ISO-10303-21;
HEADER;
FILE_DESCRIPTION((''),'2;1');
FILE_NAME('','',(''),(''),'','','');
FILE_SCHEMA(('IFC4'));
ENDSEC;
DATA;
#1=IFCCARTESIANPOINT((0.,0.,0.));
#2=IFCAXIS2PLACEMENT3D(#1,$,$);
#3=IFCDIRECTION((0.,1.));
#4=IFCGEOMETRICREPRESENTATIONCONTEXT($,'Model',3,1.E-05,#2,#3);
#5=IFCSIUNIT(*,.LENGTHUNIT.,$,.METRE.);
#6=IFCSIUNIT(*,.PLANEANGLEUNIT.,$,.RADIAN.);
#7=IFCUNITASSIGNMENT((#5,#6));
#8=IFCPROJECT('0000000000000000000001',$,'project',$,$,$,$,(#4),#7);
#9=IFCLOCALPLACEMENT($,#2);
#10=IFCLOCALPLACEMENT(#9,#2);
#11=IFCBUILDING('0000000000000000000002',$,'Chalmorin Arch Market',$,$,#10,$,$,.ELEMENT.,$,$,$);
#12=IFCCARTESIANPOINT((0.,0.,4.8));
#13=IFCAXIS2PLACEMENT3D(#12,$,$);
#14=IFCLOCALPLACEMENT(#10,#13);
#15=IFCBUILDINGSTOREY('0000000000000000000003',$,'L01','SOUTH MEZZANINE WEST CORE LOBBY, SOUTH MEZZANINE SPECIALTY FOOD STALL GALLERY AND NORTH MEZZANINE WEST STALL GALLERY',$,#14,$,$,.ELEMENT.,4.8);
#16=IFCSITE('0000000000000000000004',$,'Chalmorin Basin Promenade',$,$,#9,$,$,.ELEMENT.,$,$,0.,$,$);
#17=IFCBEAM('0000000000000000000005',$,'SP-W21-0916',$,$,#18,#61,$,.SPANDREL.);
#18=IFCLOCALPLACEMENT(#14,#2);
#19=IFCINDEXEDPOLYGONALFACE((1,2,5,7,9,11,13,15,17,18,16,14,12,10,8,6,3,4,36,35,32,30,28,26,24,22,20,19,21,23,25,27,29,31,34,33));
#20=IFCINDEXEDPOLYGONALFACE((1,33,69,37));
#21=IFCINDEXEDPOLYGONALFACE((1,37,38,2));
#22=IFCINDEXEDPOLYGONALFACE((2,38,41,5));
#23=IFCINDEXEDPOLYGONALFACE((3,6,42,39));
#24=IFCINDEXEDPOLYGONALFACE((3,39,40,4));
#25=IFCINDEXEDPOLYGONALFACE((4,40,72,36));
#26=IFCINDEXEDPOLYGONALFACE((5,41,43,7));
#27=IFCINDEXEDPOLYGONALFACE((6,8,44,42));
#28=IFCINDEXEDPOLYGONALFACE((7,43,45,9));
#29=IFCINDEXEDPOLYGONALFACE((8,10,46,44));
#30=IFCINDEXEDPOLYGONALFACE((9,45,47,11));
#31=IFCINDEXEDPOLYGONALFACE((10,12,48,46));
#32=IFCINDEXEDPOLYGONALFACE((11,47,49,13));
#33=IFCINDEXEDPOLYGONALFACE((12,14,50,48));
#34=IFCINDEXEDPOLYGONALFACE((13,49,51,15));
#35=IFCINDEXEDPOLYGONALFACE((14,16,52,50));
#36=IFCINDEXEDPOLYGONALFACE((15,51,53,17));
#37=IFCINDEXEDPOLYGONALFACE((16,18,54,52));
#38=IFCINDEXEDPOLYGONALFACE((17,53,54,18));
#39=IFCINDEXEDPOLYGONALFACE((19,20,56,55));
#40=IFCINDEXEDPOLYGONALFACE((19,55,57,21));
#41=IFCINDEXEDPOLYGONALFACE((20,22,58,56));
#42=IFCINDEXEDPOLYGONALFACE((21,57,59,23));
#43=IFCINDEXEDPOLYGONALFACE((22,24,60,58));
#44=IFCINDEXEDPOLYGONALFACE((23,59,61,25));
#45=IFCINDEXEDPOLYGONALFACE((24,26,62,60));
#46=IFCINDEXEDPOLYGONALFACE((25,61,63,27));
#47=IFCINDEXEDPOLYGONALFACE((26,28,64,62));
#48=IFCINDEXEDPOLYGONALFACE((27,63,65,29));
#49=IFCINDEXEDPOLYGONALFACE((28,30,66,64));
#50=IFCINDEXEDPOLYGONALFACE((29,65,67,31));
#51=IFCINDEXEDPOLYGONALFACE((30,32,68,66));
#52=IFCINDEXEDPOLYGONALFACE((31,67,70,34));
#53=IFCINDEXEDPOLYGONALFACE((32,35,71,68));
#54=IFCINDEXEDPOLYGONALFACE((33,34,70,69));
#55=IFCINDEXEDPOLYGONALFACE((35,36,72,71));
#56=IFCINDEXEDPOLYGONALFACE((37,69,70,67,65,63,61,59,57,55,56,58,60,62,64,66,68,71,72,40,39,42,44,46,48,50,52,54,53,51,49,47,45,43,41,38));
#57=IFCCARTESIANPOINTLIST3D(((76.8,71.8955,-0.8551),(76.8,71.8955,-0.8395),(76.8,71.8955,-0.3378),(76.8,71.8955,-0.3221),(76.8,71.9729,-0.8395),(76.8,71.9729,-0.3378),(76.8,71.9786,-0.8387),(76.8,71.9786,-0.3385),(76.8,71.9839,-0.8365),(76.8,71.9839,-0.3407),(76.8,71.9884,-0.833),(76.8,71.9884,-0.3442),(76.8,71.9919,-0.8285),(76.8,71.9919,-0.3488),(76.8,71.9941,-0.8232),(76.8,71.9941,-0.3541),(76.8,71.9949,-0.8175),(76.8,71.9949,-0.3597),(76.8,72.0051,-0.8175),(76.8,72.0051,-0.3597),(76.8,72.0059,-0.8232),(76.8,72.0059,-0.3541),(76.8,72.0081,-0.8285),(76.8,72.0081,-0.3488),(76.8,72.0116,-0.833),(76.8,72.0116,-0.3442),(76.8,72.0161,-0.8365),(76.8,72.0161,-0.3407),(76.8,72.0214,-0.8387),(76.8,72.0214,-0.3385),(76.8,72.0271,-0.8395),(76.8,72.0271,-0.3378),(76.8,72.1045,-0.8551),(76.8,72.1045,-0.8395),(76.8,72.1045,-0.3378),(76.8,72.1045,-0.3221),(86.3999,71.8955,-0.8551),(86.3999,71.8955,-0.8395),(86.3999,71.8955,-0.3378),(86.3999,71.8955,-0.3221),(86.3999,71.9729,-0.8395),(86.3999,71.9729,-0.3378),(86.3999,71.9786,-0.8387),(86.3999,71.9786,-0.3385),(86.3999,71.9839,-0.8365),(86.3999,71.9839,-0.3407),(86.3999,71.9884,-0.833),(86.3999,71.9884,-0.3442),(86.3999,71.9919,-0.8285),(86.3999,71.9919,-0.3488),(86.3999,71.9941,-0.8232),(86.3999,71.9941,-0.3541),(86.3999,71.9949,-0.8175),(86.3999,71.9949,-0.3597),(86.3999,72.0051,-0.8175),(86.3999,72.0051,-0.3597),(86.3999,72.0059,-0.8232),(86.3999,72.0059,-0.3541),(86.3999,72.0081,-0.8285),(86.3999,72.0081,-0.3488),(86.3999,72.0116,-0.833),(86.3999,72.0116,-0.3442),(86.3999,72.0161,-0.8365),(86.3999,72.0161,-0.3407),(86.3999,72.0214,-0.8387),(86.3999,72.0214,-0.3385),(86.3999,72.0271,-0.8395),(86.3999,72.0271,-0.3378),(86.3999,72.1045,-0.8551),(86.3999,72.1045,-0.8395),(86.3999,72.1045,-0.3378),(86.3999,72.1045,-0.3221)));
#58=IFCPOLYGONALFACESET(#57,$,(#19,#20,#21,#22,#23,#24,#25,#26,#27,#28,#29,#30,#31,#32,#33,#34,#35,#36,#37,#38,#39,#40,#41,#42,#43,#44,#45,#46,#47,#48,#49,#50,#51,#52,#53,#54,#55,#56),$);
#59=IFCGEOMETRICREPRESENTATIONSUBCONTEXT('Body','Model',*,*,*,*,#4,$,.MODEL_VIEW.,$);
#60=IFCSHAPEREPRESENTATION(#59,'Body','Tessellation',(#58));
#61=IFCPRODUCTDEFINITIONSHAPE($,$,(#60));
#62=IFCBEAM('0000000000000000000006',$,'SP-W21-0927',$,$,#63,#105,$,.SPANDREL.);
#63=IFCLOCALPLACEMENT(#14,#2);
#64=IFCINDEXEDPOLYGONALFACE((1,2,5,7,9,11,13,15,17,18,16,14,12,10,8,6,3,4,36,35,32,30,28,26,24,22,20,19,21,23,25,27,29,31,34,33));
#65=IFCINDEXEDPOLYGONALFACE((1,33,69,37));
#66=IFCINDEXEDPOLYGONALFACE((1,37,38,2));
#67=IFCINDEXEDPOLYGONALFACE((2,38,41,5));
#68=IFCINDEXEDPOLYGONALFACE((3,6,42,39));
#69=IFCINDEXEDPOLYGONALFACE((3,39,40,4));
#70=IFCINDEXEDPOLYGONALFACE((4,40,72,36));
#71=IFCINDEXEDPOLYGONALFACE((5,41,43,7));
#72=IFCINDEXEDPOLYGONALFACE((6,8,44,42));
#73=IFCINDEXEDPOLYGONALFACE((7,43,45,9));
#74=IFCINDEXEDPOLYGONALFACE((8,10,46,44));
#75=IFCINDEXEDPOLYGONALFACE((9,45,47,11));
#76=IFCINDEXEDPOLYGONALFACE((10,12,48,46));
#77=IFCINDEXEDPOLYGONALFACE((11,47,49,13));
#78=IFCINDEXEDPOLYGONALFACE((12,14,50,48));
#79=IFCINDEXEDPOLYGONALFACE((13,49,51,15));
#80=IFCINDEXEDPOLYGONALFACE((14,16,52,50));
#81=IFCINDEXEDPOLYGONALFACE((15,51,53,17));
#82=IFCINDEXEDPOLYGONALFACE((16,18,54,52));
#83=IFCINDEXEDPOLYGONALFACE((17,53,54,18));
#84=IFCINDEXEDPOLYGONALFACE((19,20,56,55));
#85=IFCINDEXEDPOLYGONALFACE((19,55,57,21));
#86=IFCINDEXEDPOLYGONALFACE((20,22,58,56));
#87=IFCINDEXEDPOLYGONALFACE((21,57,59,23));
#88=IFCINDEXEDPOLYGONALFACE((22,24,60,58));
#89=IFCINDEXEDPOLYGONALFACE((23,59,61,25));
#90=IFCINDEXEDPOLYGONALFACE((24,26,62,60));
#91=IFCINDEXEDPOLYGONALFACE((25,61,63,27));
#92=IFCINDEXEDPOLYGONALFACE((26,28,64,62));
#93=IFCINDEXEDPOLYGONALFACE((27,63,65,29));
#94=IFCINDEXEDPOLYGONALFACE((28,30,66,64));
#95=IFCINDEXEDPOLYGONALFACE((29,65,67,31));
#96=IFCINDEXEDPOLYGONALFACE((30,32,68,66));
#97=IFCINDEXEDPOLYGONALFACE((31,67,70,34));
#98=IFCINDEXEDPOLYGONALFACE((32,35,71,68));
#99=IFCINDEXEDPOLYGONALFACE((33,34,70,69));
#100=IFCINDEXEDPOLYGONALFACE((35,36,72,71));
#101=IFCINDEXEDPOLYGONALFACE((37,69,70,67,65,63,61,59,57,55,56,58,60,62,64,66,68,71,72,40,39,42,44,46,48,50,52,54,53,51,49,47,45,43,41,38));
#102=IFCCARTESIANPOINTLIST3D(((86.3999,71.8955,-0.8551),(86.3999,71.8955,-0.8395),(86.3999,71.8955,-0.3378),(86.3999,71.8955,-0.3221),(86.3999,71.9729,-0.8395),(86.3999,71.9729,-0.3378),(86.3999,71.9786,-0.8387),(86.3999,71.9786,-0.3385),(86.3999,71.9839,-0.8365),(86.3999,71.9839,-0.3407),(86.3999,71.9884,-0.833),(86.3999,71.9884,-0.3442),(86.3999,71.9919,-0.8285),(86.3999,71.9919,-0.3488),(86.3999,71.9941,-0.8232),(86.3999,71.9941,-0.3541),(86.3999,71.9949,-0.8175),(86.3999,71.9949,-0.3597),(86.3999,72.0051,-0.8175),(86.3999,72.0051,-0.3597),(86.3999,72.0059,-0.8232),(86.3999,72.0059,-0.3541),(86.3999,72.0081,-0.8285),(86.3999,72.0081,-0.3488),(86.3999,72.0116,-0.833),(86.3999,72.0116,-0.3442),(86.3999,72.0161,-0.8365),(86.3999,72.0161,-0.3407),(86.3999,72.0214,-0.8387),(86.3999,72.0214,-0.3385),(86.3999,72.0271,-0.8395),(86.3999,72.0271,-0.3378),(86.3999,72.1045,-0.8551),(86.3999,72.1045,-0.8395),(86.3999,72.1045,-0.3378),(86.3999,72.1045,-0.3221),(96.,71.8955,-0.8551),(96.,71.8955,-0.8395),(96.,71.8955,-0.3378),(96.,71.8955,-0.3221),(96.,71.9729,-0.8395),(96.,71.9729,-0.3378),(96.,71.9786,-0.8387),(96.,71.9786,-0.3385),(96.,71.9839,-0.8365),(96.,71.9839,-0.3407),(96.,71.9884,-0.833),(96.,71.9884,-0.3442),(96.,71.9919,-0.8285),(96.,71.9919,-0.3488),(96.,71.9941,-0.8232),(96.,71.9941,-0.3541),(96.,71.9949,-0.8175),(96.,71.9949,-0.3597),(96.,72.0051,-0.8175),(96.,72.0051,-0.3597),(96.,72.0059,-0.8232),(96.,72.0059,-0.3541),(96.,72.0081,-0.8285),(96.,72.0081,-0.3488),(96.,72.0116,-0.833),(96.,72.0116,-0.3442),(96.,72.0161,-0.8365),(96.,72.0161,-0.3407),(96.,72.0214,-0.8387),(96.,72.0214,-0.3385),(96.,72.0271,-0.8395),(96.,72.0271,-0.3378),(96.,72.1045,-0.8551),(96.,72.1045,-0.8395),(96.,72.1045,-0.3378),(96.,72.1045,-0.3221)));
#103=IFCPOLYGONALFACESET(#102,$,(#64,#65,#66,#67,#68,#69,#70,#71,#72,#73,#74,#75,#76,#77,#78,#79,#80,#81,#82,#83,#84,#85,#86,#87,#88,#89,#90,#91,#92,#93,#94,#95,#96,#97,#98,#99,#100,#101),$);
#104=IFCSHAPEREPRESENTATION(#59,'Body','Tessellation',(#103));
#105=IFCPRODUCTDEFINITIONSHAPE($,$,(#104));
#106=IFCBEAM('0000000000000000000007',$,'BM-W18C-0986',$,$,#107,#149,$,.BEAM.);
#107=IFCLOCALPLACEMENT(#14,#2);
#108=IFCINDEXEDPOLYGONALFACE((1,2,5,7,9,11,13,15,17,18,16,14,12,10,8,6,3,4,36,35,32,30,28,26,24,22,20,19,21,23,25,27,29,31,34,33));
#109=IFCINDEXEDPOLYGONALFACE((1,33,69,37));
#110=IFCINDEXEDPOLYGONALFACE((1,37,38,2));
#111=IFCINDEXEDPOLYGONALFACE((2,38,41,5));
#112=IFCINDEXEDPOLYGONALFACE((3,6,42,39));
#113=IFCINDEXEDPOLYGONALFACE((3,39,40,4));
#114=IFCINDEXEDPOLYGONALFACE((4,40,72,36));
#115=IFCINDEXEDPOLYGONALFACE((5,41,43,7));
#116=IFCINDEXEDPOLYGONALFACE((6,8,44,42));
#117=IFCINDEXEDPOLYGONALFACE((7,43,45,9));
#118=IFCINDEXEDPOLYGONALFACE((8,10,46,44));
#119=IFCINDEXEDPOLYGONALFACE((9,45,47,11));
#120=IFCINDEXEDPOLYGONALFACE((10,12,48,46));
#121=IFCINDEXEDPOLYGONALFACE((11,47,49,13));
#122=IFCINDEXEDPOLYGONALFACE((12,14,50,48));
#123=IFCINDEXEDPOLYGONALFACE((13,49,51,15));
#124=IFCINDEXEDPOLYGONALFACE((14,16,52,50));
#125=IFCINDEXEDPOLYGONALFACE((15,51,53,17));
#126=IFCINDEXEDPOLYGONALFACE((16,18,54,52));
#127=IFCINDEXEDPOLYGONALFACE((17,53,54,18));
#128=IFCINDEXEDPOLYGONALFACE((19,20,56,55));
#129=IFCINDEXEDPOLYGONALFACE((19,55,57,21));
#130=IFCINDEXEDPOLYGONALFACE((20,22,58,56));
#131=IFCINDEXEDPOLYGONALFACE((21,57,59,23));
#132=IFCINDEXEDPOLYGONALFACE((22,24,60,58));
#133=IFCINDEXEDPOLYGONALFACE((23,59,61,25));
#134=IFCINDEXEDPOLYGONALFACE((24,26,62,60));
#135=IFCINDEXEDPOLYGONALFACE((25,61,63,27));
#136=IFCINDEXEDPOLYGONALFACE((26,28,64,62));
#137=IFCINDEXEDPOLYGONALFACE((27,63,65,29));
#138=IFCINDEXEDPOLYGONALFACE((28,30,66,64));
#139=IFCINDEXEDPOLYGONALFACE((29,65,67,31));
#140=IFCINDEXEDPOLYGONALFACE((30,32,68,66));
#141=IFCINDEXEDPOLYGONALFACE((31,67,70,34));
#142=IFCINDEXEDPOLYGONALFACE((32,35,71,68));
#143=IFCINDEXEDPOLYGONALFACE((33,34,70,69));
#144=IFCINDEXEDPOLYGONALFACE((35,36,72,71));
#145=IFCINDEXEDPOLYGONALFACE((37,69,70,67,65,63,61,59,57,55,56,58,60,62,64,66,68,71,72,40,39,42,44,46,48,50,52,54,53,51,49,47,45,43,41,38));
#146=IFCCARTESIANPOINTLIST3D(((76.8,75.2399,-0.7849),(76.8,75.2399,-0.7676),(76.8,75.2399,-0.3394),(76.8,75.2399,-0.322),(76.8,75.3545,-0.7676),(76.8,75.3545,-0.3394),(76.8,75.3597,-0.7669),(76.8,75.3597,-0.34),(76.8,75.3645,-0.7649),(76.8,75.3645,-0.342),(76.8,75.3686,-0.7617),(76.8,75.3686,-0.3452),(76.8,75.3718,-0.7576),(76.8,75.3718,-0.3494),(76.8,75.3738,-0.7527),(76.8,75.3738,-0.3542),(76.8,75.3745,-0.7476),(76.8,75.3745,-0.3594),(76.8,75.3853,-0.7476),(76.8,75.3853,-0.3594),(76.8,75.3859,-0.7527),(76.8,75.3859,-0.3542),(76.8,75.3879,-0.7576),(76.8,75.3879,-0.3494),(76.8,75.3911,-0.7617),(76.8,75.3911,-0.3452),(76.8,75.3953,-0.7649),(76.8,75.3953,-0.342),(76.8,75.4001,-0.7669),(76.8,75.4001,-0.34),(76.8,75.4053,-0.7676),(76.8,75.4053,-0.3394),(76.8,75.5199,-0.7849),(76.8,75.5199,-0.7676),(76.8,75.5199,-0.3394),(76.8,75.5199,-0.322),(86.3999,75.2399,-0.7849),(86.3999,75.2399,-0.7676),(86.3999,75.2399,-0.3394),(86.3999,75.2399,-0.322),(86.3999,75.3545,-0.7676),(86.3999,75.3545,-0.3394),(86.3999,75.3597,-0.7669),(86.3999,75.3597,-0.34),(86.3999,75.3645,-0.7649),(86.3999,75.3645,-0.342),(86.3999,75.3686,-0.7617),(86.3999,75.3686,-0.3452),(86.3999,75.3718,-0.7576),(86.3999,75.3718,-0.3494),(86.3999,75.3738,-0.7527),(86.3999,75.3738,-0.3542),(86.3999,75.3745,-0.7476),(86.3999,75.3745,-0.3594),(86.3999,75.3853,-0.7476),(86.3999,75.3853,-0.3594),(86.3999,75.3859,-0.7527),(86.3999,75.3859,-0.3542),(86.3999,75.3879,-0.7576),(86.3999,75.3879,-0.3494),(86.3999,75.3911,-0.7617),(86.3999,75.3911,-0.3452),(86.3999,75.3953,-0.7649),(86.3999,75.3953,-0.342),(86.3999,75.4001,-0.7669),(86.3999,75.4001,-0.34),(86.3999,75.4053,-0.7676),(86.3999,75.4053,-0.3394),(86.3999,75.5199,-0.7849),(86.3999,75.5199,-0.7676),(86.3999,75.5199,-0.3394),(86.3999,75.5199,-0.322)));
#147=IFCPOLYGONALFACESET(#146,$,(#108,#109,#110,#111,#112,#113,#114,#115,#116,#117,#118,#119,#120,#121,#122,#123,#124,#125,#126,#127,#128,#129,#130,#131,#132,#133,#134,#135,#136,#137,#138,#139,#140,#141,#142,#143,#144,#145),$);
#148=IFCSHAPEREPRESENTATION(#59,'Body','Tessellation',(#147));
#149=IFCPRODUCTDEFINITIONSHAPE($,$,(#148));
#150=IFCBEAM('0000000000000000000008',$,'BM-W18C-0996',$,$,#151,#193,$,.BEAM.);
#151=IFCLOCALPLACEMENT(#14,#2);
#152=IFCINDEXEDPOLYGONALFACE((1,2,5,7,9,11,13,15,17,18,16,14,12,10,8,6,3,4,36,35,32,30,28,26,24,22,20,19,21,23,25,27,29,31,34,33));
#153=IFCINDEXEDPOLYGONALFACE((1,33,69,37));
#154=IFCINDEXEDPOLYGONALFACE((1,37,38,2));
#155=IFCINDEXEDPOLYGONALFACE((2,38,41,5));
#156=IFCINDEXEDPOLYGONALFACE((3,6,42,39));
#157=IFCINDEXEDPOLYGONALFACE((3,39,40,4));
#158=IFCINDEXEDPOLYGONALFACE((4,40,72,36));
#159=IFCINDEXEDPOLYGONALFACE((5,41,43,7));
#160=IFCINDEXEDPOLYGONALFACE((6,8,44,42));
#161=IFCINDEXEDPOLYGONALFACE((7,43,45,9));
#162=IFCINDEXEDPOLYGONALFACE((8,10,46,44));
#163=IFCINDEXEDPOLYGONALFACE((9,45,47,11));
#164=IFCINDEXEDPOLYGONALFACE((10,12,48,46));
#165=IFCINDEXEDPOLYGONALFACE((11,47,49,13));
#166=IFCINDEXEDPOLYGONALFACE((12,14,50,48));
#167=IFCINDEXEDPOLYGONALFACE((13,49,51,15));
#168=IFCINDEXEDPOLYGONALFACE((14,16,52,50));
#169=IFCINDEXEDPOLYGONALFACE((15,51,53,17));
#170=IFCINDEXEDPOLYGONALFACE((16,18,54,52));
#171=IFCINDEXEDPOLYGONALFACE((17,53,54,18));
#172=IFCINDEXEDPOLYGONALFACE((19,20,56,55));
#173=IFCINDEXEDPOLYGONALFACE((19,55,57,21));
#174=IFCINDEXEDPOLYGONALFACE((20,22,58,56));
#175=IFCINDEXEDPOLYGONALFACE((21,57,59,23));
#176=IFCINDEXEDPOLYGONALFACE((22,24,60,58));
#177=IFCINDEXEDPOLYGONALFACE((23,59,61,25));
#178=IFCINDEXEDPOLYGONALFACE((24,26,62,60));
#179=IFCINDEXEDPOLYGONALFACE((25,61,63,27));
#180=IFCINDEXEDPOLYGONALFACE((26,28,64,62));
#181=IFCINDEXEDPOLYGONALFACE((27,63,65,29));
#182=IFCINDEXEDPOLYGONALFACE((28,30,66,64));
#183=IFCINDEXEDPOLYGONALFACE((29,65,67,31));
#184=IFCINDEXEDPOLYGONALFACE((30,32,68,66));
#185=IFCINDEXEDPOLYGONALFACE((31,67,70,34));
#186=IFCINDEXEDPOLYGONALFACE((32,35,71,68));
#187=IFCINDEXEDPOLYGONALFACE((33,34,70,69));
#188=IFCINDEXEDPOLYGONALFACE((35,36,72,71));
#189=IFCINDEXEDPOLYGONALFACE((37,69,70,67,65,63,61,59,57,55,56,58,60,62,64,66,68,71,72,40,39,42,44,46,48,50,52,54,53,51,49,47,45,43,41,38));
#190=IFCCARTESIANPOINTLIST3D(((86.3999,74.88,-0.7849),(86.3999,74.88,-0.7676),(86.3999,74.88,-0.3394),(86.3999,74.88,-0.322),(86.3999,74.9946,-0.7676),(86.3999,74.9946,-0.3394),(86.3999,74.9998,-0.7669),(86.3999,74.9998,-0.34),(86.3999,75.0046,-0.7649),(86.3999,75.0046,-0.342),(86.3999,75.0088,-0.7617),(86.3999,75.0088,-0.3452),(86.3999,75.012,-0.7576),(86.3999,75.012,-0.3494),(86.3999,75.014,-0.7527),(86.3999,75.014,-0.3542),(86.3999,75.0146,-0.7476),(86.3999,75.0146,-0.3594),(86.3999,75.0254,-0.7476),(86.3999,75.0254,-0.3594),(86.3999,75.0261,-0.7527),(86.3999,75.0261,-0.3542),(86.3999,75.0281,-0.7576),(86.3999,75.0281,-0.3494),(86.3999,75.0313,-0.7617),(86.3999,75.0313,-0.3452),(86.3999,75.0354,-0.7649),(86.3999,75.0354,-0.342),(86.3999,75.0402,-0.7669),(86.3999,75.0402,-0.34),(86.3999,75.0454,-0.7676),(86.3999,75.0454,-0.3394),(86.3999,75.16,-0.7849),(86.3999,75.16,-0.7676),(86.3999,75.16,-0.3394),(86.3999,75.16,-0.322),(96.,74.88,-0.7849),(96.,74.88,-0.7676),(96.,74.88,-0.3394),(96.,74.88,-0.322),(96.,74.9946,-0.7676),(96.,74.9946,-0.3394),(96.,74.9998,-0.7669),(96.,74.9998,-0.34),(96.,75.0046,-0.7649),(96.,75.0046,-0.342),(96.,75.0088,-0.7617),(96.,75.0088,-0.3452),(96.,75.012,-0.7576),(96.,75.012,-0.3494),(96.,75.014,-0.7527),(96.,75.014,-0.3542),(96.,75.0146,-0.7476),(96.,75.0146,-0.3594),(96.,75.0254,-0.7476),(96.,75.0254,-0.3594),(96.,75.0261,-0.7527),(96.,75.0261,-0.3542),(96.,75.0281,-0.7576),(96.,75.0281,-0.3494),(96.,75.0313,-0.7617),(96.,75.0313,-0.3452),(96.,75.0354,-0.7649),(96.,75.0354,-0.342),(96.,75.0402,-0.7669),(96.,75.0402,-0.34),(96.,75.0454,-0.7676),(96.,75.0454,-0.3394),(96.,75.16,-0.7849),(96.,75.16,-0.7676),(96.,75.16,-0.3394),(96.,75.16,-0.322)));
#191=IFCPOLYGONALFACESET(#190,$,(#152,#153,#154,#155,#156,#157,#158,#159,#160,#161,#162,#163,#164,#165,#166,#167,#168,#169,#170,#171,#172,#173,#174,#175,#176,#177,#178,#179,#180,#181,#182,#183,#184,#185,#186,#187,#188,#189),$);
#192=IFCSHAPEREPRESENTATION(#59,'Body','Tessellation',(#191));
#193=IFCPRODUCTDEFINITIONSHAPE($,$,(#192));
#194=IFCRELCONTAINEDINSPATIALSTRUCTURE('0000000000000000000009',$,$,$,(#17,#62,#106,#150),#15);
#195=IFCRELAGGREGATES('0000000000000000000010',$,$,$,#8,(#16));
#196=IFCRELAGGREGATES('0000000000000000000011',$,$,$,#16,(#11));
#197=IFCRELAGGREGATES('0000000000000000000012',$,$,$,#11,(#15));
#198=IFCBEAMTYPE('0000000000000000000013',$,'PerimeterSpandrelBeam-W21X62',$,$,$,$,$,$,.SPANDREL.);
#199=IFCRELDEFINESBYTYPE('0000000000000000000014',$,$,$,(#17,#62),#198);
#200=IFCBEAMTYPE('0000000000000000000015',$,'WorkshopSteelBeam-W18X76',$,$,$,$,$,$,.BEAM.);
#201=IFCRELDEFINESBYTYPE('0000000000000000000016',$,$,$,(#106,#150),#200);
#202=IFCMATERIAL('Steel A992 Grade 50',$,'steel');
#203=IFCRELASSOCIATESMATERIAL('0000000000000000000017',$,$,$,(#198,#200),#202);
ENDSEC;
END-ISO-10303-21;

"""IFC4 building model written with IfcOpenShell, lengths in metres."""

from ifc_helpers import new_model, si_unit, direction, frame, origin, origin_2d, place, context, subcontext, project, spatial, i_section, extrude, material, material_profile, profile_set, type_object, element, save


model = new_model("IFC4")

# Units and contexts
model_context = context("Model", 3, precision=1e-05, world=origin(), true_north=direction((0.0, 1.0)))
body_context = subcontext(model_context, "Body", "Model", "MODEL_VIEW")
ifc_project = project(units=[si_unit("LENGTHUNIT", "METRE"), si_unit("PLANEANGLEUNIT", "RADIAN")], contexts=[model_context])

# Site, building, storey
site_placement = place(None, origin())
site = spatial("IfcSite", under=ifc_project, at=site_placement, Name="Chalmorin Basin Promenade", CompositionType="ELEMENT", RefElevation=0.0)
building_placement = place(site_placement, origin())
building = spatial("IfcBuilding", under=site, at=building_placement, Name="Chalmorin Arch Market", CompositionType="ELEMENT")
storey_placement = place(building_placement, frame((0.0, 0.0, 4.8)))
storey = spatial("IfcBuildingStorey", under=building, at=storey_placement, Name="L01", Description="SOUTH MEZZANINE WEST CORE LOBBY, SOUTH MEZZANINE SPECIALTY FOOD STALL GALLERY AND NORTH MEZZANINE WEST STALL GALLERY", CompositionType="ELEMENT", Elevation=4.8)

# Beams
ifc_material_1 = material(Name="Steel A992 Grade 50", Category="steel")
ifc_material_profile_1 = material_profile(ifc_material_1, i_section(OverallWidth=0.209, OverallDepth=0.533, WebThickness=0.0103, FlangeThickness=0.0156, FilletRadius=0.022, at=origin_2d()), Name="W21X62")
ifc_profile_set_1 = profile_set([ifc_material_profile_1], Name="Steel A992 Grade 50")
beam_type_1 = type_object("IfcBeamType", Name="PerimeterSpandrelBeam-W21X62", PredefinedType="SPANDREL", material=ifc_profile_set_1)
beam_1_placement = place(storey_placement, frame((76.8, 72.0, -0.5886), z_axis=(1.0, 0.0, 0.0), x_axis=(0.0, 1.0, 0.0)))
element("IfcBeam", 1, at=beam_1_placement, inside=storey, type_object=beam_type_1, Name="SP-W21-0916", PredefinedType="SPANDREL", context=body_context, shape_type="SweptSolid", body=[
    extrude(i_section(OverallWidth=0.209, OverallDepth=0.533, WebThickness=0.0103, FlangeThickness=0.0156, FilletRadius=0.022, at=origin_2d()), origin(), (0.0, 0.0, 1.0), 9.5999),
])
beam_2_placement = place(storey_placement, frame((86.3999, 72.0, -0.5886), z_axis=(1.0, 0.0, 0.0), x_axis=(0.0, 1.0, 0.0)))
element("IfcBeam", 2, at=beam_2_placement, inside=storey, type_object=beam_type_1, Name="SP-W21-0927", PredefinedType="SPANDREL", context=body_context, shape_type="SweptSolid", body=[
    extrude(i_section(OverallWidth=0.209, OverallDepth=0.533, WebThickness=0.0103, FlangeThickness=0.0156, FilletRadius=0.022, at=origin_2d()), origin(), (0.0, 0.0, 1.0), 9.6001),
])
ifc_material_profile_2 = material_profile(ifc_material_1, i_section(OverallWidth=0.28, OverallDepth=0.4629, WebThickness=0.0107, FlangeThickness=0.0173, FilletRadius=0.02, at=origin_2d()), Name="W18X76")
ifc_profile_set_2 = profile_set([ifc_material_profile_2], Name="Steel A992 Grade 50")
beam_type_2 = type_object("IfcBeamType", Name="WorkshopSteelBeam-W18X76", PredefinedType="BEAM", material=ifc_profile_set_2)
beam_3_placement = place(storey_placement, frame((76.8, 75.3799, -0.5535), z_axis=(1.0, 0.0, 0.0), x_axis=(0.0, 1.0, 0.0)))
element("IfcBeam", 3, at=beam_3_placement, inside=storey, type_object=beam_type_2, Name="BM-W18C-0986", PredefinedType="BEAM", context=body_context, shape_type="SweptSolid", body=[
    extrude(i_section(OverallWidth=0.28, OverallDepth=0.4629, WebThickness=0.0107, FlangeThickness=0.0173, FilletRadius=0.02, at=origin_2d()), origin(), (0.0, 0.0, 1.0), 9.5999),
])
for number, where, z_axis, x_axis, name in (
    (4, (86.3999, 75.02, -0.5535), (1.0, 0.0, 0.0), (0.0, 1.0, 0.0), "BM-W18C-0996"),
):
    element("IfcBeam", number, at=place(storey_placement, frame(where, z_axis=z_axis, x_axis=x_axis)), inside=storey, type_object=beam_type_2, Name=name, PredefinedType="BEAM", context=body_context, shape_type="SweptSolid", body=[
        extrude(i_section(OverallWidth=0.28, OverallDepth=0.4629, WebThickness=0.0107, FlangeThickness=0.0173, FilletRadius=0.02, at=origin_2d()), origin(), (0.0, 0.0, 1.0), 9.6001),
    ])

save(model, "model.ifc")
